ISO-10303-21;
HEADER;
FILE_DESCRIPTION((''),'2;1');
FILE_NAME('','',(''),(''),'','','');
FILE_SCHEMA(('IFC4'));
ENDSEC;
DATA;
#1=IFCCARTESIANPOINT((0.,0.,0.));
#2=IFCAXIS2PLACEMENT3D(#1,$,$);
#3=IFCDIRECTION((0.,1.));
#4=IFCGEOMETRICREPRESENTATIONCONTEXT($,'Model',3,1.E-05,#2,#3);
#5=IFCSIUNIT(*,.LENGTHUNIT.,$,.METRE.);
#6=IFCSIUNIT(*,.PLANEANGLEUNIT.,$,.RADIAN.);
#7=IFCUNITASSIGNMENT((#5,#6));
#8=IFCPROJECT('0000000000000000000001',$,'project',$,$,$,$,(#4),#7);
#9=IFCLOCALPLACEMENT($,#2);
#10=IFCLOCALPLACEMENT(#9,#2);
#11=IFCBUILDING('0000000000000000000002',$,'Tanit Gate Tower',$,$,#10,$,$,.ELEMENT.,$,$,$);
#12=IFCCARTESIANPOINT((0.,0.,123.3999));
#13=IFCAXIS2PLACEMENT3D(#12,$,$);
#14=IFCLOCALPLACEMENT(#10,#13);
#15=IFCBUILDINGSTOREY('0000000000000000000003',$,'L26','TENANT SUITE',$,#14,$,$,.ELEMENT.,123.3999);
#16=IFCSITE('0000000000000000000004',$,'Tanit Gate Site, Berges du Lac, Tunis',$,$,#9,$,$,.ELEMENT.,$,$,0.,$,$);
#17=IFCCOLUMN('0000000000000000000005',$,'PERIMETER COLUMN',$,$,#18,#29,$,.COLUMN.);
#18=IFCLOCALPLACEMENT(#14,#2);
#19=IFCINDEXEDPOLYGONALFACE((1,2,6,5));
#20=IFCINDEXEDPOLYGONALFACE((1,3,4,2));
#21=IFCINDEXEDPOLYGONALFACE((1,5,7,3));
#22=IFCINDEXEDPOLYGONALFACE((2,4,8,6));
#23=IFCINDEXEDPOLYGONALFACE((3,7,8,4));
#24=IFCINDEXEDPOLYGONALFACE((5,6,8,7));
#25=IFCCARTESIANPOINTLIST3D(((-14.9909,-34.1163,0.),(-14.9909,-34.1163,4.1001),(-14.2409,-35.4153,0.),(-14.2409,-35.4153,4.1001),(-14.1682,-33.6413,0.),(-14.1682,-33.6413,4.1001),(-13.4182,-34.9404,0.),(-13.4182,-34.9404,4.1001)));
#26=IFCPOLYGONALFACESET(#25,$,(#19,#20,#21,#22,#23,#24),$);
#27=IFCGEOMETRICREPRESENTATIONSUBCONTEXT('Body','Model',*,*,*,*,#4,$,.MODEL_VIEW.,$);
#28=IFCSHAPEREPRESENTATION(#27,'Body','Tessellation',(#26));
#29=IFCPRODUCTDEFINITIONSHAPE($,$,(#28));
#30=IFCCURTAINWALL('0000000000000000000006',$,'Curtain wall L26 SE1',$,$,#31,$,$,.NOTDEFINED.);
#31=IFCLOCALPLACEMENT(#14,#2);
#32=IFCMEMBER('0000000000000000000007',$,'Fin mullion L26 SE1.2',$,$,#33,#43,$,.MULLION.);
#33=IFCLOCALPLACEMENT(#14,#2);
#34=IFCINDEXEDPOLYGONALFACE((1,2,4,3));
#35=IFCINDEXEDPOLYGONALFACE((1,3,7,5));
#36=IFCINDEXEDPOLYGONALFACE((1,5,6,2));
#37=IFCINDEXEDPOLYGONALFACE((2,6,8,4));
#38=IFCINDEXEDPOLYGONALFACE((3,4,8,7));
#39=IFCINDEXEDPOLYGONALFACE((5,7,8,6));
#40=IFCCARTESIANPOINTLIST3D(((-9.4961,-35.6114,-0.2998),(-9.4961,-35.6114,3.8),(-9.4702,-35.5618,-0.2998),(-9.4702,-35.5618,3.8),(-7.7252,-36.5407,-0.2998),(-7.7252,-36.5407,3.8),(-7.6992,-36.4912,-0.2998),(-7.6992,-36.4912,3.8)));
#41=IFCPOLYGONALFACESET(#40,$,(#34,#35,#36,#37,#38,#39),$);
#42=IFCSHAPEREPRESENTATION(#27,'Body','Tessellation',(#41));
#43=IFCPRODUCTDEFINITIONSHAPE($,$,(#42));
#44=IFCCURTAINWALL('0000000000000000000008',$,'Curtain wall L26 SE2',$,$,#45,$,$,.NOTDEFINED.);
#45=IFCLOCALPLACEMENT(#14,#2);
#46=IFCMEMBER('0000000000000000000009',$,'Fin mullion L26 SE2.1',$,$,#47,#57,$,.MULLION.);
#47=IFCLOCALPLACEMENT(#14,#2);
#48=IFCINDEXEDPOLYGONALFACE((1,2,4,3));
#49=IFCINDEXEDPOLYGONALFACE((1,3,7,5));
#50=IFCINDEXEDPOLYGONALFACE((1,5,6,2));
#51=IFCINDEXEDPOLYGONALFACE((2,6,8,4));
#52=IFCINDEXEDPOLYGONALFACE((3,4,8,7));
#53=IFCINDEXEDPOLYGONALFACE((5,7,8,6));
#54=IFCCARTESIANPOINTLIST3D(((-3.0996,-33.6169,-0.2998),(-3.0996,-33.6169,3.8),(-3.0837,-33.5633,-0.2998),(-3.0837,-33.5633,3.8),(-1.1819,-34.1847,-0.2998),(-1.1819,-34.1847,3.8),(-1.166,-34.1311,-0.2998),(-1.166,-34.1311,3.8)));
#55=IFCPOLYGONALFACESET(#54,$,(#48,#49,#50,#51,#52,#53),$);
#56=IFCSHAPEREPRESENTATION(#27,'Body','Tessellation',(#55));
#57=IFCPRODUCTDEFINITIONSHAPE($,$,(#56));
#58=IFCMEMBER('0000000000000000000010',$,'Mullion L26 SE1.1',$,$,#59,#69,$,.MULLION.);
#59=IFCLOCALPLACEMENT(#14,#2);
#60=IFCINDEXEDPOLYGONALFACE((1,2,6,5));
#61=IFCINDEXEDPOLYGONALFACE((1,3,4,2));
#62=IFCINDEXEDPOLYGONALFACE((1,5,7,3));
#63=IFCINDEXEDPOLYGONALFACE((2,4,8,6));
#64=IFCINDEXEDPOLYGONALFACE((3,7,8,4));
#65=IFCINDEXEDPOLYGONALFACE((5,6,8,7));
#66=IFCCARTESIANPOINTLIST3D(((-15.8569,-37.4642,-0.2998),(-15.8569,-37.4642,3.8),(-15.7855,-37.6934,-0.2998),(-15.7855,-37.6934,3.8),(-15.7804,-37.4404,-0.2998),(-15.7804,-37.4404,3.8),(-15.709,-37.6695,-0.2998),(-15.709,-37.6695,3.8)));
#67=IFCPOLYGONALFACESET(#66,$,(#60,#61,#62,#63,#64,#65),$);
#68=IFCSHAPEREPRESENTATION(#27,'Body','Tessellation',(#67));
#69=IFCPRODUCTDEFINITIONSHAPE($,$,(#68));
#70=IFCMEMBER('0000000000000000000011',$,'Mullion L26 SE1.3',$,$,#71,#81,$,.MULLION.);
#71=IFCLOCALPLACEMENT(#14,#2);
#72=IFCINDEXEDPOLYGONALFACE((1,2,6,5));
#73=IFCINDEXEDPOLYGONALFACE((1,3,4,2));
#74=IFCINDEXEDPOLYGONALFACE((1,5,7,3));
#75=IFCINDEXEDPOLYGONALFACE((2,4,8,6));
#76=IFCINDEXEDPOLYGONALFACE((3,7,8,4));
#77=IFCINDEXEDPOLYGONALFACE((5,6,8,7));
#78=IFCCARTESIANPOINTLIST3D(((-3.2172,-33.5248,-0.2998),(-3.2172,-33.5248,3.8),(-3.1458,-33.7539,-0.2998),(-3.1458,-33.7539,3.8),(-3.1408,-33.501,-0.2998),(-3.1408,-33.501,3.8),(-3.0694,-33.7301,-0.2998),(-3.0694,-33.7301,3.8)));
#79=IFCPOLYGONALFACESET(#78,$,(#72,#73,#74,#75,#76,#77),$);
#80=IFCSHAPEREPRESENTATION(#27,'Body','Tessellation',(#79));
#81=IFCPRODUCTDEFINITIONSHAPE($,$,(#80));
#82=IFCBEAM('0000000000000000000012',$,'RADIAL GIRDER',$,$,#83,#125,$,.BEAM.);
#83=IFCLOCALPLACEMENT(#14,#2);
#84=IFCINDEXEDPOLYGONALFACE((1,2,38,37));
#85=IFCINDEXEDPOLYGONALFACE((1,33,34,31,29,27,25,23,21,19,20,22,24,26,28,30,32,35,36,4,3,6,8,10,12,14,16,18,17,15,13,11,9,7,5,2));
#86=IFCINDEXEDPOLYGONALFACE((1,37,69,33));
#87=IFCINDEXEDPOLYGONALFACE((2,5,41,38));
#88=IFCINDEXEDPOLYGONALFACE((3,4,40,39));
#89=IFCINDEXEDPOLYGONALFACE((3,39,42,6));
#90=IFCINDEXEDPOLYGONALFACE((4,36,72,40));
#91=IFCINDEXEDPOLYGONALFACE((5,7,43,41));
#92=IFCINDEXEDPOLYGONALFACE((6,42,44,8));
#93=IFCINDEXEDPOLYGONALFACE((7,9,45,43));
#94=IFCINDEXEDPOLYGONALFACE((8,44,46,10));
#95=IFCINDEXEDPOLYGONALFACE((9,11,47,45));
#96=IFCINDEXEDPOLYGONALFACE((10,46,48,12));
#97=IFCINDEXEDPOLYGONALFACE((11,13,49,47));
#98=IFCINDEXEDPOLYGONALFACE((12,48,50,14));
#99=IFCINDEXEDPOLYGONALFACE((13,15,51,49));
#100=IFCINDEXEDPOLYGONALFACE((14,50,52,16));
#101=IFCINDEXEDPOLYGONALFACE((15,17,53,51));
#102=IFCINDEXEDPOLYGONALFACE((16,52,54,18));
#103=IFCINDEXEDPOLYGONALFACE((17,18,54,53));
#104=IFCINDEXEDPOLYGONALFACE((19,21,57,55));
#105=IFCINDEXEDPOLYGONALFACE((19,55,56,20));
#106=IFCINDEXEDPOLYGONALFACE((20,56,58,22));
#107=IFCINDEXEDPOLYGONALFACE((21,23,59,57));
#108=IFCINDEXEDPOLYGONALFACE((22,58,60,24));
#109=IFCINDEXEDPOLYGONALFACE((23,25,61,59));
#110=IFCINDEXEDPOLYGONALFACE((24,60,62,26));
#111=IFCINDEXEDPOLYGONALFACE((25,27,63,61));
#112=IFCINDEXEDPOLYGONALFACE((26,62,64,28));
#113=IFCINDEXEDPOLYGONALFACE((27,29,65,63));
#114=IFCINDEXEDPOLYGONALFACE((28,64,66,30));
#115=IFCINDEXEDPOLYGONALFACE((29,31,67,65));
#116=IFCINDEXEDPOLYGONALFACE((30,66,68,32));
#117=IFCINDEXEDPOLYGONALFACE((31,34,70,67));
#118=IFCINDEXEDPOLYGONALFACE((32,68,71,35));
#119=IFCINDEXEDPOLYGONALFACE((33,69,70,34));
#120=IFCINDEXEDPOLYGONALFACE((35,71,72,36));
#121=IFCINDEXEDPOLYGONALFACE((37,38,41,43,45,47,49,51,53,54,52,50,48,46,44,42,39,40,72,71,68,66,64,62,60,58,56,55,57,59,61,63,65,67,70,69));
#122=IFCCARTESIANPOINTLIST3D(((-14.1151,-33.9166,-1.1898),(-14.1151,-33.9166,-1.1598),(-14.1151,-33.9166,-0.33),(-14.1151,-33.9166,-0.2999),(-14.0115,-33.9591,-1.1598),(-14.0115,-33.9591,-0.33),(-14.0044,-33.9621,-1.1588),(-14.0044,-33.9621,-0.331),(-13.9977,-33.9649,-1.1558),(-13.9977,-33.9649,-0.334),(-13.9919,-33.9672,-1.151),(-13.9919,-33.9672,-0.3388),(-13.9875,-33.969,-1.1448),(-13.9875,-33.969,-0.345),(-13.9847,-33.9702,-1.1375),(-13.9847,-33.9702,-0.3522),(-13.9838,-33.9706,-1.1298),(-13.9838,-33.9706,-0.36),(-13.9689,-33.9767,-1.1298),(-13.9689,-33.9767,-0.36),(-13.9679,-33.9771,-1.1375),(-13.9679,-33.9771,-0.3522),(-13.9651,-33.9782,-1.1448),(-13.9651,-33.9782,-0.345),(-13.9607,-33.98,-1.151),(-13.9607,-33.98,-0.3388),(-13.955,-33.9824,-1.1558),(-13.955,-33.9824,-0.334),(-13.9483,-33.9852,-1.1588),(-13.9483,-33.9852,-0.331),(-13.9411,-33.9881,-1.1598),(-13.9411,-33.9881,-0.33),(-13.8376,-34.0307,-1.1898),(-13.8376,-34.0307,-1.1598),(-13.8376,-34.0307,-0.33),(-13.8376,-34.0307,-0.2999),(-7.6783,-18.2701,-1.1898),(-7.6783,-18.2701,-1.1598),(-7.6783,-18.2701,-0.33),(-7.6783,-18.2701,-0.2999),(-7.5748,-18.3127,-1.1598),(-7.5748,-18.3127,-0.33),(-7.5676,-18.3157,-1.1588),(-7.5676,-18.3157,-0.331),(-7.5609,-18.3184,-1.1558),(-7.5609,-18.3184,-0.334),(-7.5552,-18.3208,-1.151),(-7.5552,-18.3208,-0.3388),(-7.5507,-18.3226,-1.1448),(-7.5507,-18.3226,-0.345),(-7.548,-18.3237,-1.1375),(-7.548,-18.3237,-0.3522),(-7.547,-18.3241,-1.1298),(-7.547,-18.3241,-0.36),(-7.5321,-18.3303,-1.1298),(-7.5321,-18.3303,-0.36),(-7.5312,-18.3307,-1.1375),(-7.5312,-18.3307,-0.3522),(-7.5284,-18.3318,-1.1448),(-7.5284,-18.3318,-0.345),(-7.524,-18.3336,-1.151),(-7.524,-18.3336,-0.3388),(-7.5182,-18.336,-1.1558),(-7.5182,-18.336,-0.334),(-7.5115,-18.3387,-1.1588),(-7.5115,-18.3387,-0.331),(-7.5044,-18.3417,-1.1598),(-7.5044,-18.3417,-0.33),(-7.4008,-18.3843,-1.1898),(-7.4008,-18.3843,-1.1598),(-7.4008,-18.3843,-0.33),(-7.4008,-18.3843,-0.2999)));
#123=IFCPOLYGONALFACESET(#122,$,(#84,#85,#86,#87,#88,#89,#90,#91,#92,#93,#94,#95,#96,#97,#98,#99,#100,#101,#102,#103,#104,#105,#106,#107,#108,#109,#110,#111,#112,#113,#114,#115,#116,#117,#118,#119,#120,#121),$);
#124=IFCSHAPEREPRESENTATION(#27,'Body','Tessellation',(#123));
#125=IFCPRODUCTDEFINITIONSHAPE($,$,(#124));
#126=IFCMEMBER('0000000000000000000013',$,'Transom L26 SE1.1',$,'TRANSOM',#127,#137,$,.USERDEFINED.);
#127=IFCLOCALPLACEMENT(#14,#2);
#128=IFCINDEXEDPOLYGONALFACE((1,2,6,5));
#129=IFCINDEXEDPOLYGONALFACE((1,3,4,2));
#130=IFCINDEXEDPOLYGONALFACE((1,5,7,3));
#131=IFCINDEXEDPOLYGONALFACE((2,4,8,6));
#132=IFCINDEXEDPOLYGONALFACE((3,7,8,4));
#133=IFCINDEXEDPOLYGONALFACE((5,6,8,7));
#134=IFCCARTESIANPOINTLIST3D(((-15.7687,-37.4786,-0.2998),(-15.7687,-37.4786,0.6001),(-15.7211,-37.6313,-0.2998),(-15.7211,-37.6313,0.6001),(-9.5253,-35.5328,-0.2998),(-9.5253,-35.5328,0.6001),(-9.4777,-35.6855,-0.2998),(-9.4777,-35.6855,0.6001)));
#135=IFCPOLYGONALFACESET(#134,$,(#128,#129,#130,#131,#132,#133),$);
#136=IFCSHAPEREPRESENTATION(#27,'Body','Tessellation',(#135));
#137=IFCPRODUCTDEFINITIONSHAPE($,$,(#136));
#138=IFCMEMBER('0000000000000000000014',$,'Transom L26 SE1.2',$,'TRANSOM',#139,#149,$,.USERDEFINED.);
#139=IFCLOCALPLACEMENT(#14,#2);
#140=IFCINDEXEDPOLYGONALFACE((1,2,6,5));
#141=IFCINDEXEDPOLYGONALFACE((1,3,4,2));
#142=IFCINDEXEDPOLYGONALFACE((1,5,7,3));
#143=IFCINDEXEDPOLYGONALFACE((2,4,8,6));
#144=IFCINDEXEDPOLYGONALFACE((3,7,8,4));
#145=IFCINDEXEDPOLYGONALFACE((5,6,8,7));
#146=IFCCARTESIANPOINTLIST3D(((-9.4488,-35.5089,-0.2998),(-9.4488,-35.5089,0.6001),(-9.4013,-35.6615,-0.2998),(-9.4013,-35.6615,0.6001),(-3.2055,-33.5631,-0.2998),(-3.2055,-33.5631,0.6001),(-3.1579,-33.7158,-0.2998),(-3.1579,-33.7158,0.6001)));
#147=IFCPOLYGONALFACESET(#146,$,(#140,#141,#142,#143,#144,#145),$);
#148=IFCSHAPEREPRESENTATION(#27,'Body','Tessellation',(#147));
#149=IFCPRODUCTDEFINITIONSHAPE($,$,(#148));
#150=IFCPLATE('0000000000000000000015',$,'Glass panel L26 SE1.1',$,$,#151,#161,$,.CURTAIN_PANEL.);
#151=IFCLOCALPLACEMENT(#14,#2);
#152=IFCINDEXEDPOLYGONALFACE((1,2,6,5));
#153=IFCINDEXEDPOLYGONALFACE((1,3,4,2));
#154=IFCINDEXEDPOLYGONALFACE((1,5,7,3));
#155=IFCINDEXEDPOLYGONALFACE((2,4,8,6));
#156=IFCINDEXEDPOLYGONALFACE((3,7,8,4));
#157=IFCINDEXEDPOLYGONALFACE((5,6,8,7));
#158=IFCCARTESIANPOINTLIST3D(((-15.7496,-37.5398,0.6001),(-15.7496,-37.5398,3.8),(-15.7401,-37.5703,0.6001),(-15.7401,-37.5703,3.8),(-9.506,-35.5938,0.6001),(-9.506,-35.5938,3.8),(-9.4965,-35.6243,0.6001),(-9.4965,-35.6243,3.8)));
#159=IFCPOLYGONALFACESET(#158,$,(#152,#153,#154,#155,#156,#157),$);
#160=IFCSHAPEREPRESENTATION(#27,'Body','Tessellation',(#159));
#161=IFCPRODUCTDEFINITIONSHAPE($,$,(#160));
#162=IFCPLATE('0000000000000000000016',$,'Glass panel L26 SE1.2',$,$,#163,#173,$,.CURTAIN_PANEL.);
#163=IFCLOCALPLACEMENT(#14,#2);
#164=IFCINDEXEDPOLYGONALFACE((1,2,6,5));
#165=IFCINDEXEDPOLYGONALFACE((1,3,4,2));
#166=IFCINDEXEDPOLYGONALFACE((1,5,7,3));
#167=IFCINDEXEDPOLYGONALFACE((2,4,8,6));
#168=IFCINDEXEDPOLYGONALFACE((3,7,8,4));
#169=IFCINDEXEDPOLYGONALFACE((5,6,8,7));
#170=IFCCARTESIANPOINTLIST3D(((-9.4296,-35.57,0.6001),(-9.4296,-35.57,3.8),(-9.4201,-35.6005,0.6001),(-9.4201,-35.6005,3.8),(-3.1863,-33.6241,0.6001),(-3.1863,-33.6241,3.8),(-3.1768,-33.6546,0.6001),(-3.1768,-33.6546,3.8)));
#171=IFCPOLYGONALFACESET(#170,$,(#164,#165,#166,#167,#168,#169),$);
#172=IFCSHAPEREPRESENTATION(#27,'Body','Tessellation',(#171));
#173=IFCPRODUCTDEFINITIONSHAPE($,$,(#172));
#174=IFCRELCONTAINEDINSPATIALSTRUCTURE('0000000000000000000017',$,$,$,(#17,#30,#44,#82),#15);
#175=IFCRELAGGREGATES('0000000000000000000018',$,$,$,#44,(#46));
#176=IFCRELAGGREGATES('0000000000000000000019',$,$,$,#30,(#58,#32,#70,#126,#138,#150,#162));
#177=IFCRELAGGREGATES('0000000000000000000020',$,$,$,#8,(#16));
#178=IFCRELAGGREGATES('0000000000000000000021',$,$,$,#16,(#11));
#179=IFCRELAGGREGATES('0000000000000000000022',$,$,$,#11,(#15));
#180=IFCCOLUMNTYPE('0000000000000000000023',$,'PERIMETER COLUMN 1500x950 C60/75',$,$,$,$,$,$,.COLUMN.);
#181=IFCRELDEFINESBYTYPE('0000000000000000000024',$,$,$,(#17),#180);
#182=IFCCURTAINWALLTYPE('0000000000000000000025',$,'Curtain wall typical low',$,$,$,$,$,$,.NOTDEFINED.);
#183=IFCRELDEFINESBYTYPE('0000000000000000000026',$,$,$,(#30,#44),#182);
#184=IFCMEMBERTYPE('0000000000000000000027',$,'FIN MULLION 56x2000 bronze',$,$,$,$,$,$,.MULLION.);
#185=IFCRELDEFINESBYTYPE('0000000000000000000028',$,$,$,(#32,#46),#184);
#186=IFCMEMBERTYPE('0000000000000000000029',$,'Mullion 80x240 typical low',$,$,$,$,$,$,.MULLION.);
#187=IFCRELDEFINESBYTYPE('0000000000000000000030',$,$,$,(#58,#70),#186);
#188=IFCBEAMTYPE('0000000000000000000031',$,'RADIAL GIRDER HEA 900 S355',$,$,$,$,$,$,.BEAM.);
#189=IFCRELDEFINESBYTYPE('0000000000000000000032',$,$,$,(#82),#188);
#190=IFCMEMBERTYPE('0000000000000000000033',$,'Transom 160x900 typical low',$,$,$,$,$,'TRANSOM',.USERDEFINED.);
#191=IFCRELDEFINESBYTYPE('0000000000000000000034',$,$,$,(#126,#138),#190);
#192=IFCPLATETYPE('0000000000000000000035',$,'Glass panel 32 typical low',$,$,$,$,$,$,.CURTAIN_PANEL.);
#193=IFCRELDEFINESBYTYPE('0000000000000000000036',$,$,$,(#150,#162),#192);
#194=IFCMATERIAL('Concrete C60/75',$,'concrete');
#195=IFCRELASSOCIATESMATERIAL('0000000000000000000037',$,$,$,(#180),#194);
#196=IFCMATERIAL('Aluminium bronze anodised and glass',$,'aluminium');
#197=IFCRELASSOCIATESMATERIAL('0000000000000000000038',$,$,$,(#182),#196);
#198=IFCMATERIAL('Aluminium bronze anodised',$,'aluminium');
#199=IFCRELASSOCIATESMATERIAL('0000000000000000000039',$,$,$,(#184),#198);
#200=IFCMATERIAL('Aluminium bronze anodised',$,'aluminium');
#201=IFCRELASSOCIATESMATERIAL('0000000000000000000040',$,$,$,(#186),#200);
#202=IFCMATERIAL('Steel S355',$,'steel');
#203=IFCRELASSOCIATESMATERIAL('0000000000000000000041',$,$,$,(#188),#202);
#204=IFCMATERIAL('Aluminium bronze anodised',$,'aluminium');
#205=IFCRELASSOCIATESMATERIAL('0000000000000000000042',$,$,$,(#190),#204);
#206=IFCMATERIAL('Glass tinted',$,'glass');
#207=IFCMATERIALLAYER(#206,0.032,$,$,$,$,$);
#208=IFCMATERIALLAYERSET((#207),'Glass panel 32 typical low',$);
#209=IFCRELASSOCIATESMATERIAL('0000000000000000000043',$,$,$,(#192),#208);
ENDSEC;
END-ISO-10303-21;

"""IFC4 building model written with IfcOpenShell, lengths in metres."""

from ifc_helpers import new_model, si_unit, direction, frame, origin, origin_2d, place, context, subcontext, project, spatial, rectangle, i_section, extrude, material, layer, layer_set, material_profile, profile_set, type_object, element, aggregate, save


model = new_model("IFC4")

# Units and contexts
model_context = context("Model", 3, precision=1e-05, world=origin(), true_north=direction((0.0, 1.0)))
body_context = subcontext(model_context, "Body", "Model", "MODEL_VIEW")
ifc_project = project(units=[si_unit("LENGTHUNIT", "METRE"), si_unit("PLANEANGLEUNIT", "RADIAN")], contexts=[model_context])

# Site, building, storey
site_placement = place(None, origin())
site = spatial("IfcSite", under=ifc_project, at=site_placement, Name="Tanit Gate Site, Berges du Lac, Tunis", CompositionType="ELEMENT", RefElevation=0.0)
building_placement = place(site_placement, origin())
building = spatial("IfcBuilding", under=site, at=building_placement, Name="Tanit Gate Tower", CompositionType="ELEMENT")
storey_placement = place(building_placement, frame((0.0, 0.0, 123.3999)))
storey = spatial("IfcBuildingStorey", under=building, at=storey_placement, Name="L26", Description="TENANT SUITE", CompositionType="ELEMENT", Elevation=123.3999)

# Column
ifc_material_1 = material(Name="Concrete C60/75", Category="concrete")
ifc_material_profile_1 = material_profile(ifc_material_1, rectangle(XDim=1.5, YDim=0.95, at=origin_2d()), Name="RC 1500x950")
ifc_profile_set_1 = profile_set([ifc_material_profile_1], Name="Concrete C60/75")
column_type = type_object("IfcColumnType", Name="PERIMETER COLUMN 1500x950 C60/75", PredefinedType="COLUMN", material=ifc_profile_set_1)
column_placement = place(storey_placement, frame((-14.2046, -34.5283, 0.0), z_axis=(0.0, 0.0, 1.0), x_axis=(0.5, -0.866025, 0.0)))
element("IfcColumn", 1, at=column_placement, inside=storey, type_object=column_type, Name="PERIMETER COLUMN", PredefinedType="COLUMN", context=body_context, shape_type="SweptSolid", body=[
    extrude(rectangle(XDim=1.5, YDim=0.95, at=origin_2d()), origin(), (0.0, 0.0, 1.0), 4.1001),
])

# Curtain walls, members
ifc_material_2 = material(Name="Aluminium bronze anodised and glass", Category="aluminium")
curtain_wall_type = type_object("IfcCurtainWallType", Name="Curtain wall typical low", PredefinedType="NOTDEFINED", material=ifc_material_2)
curtain_wall_1_placement = place(storey_placement, origin())
curtain_wall_1 = element("IfcCurtainWall", 2, at=curtain_wall_1_placement, inside=storey, type_object=curtain_wall_type, Name="Curtain wall L26 SE1", PredefinedType="NOTDEFINED")
ifc_material_3 = material(Name="Aluminium bronze anodised", Category="aluminium")
ifc_material_profile_2 = material_profile(ifc_material_3, rectangle(XDim=2.0, YDim=0.0559, at=origin_2d()), Name="56x2000 bronze fin mullion")
ifc_profile_set_2 = profile_set([ifc_material_profile_2], Name="Aluminium bronze anodised")
member_type_1 = type_object("IfcMemberType", Name="FIN MULLION 56x2000 bronze", PredefinedType="MULLION", material=ifc_profile_set_2)
member_1_placement = place(storey_placement, frame((-8.5977, -36.0513, -0.2998), z_axis=(0.0, 0.0, 1.0), x_axis=(-0.885484, 0.46467, 0.0)))
member_1 = element("IfcMember", 3, at=member_1_placement, type_object=member_type_1, Name="Fin mullion L26 SE1.2", PredefinedType="MULLION", context=body_context, shape_type="SweptSolid", body=[
    extrude(rectangle(XDim=2.0, YDim=0.0559, at=origin_2d()), origin(), (0.0, 0.0, 1.0), 4.0999),
])
curtain_wall_2_placement = place(storey_placement, origin())
curtain_wall_2 = element("IfcCurtainWall", 4, at=curtain_wall_2_placement, inside=storey, type_object=curtain_wall_type, Name="Curtain wall L26 SE2", PredefinedType="NOTDEFINED")
member_2_placement = place(storey_placement, frame((-2.1328, -33.874, -0.2998), z_axis=(0.0, 0.0, 1.0), x_axis=(-0.958852, 0.283906, 0.0)))
member_2 = element("IfcMember", 5, at=member_2_placement, type_object=member_type_1, Name="Fin mullion L26 SE2.1", PredefinedType="MULLION", context=body_context, shape_type="SweptSolid", body=[
    extrude(rectangle(XDim=2.0, YDim=0.0559, at=origin_2d()), origin(), (0.0, 0.0, 1.0), 4.0999),
])
aggregate(curtain_wall_2, [member_2])

# Members
ifc_material_4 = material(Name="Aluminium bronze anodised", Category="aluminium")
ifc_material_profile_3 = material_profile(ifc_material_4, rectangle(XDim=0.24, YDim=0.0801, at=origin_2d()), Name="80x240 bronze mullion")
ifc_profile_set_3 = profile_set([ifc_material_profile_3], Name="Aluminium bronze anodised")
member_type_2 = type_object("IfcMemberType", Name="Mullion 80x240 typical low", PredefinedType="MULLION", material=ifc_profile_set_3)
member_3_placement = place(storey_placement, frame((-15.783, -37.5669, -0.2998), z_axis=(0.0, 0.0, 1.0), x_axis=(-0.29756, 0.954703, 0.0)))
member_3 = element("IfcMember", 6, at=member_3_placement, type_object=member_type_2, Name="Mullion L26 SE1.1", PredefinedType="MULLION", context=body_context, shape_type="SweptSolid", body=[
    extrude(rectangle(XDim=0.24, YDim=0.0801, at=origin_2d()), origin(), (0.0, 0.0, 1.0), 4.0999),
])
member_4_placement = place(storey_placement, frame((-3.1433, -33.6274, -0.2998), z_axis=(0.0, 0.0, 1.0), x_axis=(-0.29756, 0.954703, 0.0)))
member_4 = element("IfcMember", 7, at=member_4_placement, type_object=member_type_2, Name="Mullion L26 SE1.3", PredefinedType="MULLION", context=body_context, shape_type="SweptSolid", body=[
    extrude(rectangle(XDim=0.24, YDim=0.0801, at=origin_2d()), origin(), (0.0, 0.0, 1.0), 4.0999),
])

# Beam
ifc_material_5 = material(Name="Steel S355", Category="steel")
ifc_material_profile_4 = material_profile(ifc_material_5, i_section(OverallWidth=0.3, OverallDepth=0.8899, WebThickness=0.0161, FlangeThickness=0.03, FilletRadius=0.03, at=origin_2d()), Name="HEA 900")
ifc_profile_set_4 = profile_set([ifc_material_profile_4], Name="Steel S355")
beam_type = type_object("IfcBeamType", Name="RADIAL GIRDER HEA 900 S355", PredefinedType="BEAM", material=ifc_profile_set_4)
beam_placement = place(storey_placement, frame((-13.9763, -33.9736, -0.7449), z_axis=(0.380451, 0.924801, 0.0), x_axis=(-0.924801, 0.380451, 0.0)))
element("IfcBeam", 8, at=beam_placement, inside=storey, type_object=beam_type, Name="RADIAL GIRDER", PredefinedType="BEAM", context=body_context, shape_type="SweptSolid", body=[
    extrude(i_section(OverallWidth=0.3, OverallDepth=0.8899, WebThickness=0.0161, FlangeThickness=0.03, FilletRadius=0.03, at=origin_2d()), origin(), (0.0, 0.0, 1.0), 16.9187),
])

# Members
ifc_material_6 = material(Name="Aluminium bronze anodised", Category="aluminium")
ifc_material_profile_5 = material_profile(ifc_material_6, rectangle(XDim=0.1599, YDim=0.8999, at=origin_2d()), Name="160x900 bronze transom")
ifc_profile_set_5 = profile_set([ifc_material_profile_5], Name="Aluminium bronze anodised")
member_type_3 = type_object("IfcMemberType", Name="Transom 160x900 typical low", ElementType="TRANSOM", PredefinedType="USERDEFINED", material=ifc_profile_set_5)
member_5_placement = place(storey_placement, frame((-15.7449, -37.5549, 0.1501), z_axis=(0.954709, 0.297542, 0.0), x_axis=(-0.297542, 0.954709, 0.0)))
member_5 = element("IfcMember", 9, at=member_5_placement, type_object=member_type_3, Name="Transom L26 SE1.1", ObjectType="TRANSOM", PredefinedType="USERDEFINED", context=body_context, shape_type="SweptSolid", body=[
    extrude(rectangle(XDim=0.1599, YDim=0.8999, at=origin_2d()), origin(), (0.0, 0.0, 1.0), 6.5396),
])
member_6_placement = place(storey_placement, frame((-9.425, -35.5852, 0.1501), z_axis=(0.954709, 0.297542, 0.0), x_axis=(-0.297542, 0.954709, 0.0)))
member_6 = element("IfcMember", 10, at=member_6_placement, type_object=member_type_3, Name="Transom L26 SE1.2", ObjectType="TRANSOM", PredefinedType="USERDEFINED", context=body_context, shape_type="SweptSolid", body=[
    extrude(rectangle(XDim=0.1599, YDim=0.8999, at=origin_2d()), origin(), (0.0, 0.0, 1.0), 6.5396),
])

# Plates
ifc_material_7 = material(Name="Glass tinted", Category="glass")
ifc_layer = layer(ifc_material_7, 0.032)
ifc_layer_set = layer_set([ifc_layer], Name="Glass panel 32 typical low")
plate_type = type_object("IfcPlateType", Name="Glass panel 32 typical low", PredefinedType="CURTAIN_PANEL", material=ifc_layer_set)
plate_1_placement = place(storey_placement, frame((-12.623, -36.582, 0.6001), z_axis=(0.0, 0.0, 1.0), x_axis=(0.954703, 0.29756, 0.0)))
plate_1 = element("IfcPlate", 11, at=plate_1_placement, type_object=plate_type, Name="Glass panel L26 SE1.1", PredefinedType="CURTAIN_PANEL", context=body_context, shape_type="SweptSolid", body=[
    extrude(rectangle(XDim=6.5398, YDim=0.032, at=origin_2d()), origin(), (0.0, 0.0, 1.0), 3.2),
])
plate_2_placement = place(storey_placement, frame((-6.3032, -34.6123, 0.6001), z_axis=(0.0, 0.0, 1.0), x_axis=(0.954703, 0.29756, 0.0)))
plate_2 = element("IfcPlate", 12, at=plate_2_placement, type_object=plate_type, Name="Glass panel L26 SE1.2", PredefinedType="CURTAIN_PANEL", context=body_context, shape_type="SweptSolid", body=[
    extrude(rectangle(XDim=6.5396, YDim=0.032, at=origin_2d()), origin(), (0.0, 0.0, 1.0), 3.2),
])
aggregate(curtain_wall_1, [member_3, member_1, member_4, member_5, member_6, plate_1, plate_2])

save(model, "model.ifc")
